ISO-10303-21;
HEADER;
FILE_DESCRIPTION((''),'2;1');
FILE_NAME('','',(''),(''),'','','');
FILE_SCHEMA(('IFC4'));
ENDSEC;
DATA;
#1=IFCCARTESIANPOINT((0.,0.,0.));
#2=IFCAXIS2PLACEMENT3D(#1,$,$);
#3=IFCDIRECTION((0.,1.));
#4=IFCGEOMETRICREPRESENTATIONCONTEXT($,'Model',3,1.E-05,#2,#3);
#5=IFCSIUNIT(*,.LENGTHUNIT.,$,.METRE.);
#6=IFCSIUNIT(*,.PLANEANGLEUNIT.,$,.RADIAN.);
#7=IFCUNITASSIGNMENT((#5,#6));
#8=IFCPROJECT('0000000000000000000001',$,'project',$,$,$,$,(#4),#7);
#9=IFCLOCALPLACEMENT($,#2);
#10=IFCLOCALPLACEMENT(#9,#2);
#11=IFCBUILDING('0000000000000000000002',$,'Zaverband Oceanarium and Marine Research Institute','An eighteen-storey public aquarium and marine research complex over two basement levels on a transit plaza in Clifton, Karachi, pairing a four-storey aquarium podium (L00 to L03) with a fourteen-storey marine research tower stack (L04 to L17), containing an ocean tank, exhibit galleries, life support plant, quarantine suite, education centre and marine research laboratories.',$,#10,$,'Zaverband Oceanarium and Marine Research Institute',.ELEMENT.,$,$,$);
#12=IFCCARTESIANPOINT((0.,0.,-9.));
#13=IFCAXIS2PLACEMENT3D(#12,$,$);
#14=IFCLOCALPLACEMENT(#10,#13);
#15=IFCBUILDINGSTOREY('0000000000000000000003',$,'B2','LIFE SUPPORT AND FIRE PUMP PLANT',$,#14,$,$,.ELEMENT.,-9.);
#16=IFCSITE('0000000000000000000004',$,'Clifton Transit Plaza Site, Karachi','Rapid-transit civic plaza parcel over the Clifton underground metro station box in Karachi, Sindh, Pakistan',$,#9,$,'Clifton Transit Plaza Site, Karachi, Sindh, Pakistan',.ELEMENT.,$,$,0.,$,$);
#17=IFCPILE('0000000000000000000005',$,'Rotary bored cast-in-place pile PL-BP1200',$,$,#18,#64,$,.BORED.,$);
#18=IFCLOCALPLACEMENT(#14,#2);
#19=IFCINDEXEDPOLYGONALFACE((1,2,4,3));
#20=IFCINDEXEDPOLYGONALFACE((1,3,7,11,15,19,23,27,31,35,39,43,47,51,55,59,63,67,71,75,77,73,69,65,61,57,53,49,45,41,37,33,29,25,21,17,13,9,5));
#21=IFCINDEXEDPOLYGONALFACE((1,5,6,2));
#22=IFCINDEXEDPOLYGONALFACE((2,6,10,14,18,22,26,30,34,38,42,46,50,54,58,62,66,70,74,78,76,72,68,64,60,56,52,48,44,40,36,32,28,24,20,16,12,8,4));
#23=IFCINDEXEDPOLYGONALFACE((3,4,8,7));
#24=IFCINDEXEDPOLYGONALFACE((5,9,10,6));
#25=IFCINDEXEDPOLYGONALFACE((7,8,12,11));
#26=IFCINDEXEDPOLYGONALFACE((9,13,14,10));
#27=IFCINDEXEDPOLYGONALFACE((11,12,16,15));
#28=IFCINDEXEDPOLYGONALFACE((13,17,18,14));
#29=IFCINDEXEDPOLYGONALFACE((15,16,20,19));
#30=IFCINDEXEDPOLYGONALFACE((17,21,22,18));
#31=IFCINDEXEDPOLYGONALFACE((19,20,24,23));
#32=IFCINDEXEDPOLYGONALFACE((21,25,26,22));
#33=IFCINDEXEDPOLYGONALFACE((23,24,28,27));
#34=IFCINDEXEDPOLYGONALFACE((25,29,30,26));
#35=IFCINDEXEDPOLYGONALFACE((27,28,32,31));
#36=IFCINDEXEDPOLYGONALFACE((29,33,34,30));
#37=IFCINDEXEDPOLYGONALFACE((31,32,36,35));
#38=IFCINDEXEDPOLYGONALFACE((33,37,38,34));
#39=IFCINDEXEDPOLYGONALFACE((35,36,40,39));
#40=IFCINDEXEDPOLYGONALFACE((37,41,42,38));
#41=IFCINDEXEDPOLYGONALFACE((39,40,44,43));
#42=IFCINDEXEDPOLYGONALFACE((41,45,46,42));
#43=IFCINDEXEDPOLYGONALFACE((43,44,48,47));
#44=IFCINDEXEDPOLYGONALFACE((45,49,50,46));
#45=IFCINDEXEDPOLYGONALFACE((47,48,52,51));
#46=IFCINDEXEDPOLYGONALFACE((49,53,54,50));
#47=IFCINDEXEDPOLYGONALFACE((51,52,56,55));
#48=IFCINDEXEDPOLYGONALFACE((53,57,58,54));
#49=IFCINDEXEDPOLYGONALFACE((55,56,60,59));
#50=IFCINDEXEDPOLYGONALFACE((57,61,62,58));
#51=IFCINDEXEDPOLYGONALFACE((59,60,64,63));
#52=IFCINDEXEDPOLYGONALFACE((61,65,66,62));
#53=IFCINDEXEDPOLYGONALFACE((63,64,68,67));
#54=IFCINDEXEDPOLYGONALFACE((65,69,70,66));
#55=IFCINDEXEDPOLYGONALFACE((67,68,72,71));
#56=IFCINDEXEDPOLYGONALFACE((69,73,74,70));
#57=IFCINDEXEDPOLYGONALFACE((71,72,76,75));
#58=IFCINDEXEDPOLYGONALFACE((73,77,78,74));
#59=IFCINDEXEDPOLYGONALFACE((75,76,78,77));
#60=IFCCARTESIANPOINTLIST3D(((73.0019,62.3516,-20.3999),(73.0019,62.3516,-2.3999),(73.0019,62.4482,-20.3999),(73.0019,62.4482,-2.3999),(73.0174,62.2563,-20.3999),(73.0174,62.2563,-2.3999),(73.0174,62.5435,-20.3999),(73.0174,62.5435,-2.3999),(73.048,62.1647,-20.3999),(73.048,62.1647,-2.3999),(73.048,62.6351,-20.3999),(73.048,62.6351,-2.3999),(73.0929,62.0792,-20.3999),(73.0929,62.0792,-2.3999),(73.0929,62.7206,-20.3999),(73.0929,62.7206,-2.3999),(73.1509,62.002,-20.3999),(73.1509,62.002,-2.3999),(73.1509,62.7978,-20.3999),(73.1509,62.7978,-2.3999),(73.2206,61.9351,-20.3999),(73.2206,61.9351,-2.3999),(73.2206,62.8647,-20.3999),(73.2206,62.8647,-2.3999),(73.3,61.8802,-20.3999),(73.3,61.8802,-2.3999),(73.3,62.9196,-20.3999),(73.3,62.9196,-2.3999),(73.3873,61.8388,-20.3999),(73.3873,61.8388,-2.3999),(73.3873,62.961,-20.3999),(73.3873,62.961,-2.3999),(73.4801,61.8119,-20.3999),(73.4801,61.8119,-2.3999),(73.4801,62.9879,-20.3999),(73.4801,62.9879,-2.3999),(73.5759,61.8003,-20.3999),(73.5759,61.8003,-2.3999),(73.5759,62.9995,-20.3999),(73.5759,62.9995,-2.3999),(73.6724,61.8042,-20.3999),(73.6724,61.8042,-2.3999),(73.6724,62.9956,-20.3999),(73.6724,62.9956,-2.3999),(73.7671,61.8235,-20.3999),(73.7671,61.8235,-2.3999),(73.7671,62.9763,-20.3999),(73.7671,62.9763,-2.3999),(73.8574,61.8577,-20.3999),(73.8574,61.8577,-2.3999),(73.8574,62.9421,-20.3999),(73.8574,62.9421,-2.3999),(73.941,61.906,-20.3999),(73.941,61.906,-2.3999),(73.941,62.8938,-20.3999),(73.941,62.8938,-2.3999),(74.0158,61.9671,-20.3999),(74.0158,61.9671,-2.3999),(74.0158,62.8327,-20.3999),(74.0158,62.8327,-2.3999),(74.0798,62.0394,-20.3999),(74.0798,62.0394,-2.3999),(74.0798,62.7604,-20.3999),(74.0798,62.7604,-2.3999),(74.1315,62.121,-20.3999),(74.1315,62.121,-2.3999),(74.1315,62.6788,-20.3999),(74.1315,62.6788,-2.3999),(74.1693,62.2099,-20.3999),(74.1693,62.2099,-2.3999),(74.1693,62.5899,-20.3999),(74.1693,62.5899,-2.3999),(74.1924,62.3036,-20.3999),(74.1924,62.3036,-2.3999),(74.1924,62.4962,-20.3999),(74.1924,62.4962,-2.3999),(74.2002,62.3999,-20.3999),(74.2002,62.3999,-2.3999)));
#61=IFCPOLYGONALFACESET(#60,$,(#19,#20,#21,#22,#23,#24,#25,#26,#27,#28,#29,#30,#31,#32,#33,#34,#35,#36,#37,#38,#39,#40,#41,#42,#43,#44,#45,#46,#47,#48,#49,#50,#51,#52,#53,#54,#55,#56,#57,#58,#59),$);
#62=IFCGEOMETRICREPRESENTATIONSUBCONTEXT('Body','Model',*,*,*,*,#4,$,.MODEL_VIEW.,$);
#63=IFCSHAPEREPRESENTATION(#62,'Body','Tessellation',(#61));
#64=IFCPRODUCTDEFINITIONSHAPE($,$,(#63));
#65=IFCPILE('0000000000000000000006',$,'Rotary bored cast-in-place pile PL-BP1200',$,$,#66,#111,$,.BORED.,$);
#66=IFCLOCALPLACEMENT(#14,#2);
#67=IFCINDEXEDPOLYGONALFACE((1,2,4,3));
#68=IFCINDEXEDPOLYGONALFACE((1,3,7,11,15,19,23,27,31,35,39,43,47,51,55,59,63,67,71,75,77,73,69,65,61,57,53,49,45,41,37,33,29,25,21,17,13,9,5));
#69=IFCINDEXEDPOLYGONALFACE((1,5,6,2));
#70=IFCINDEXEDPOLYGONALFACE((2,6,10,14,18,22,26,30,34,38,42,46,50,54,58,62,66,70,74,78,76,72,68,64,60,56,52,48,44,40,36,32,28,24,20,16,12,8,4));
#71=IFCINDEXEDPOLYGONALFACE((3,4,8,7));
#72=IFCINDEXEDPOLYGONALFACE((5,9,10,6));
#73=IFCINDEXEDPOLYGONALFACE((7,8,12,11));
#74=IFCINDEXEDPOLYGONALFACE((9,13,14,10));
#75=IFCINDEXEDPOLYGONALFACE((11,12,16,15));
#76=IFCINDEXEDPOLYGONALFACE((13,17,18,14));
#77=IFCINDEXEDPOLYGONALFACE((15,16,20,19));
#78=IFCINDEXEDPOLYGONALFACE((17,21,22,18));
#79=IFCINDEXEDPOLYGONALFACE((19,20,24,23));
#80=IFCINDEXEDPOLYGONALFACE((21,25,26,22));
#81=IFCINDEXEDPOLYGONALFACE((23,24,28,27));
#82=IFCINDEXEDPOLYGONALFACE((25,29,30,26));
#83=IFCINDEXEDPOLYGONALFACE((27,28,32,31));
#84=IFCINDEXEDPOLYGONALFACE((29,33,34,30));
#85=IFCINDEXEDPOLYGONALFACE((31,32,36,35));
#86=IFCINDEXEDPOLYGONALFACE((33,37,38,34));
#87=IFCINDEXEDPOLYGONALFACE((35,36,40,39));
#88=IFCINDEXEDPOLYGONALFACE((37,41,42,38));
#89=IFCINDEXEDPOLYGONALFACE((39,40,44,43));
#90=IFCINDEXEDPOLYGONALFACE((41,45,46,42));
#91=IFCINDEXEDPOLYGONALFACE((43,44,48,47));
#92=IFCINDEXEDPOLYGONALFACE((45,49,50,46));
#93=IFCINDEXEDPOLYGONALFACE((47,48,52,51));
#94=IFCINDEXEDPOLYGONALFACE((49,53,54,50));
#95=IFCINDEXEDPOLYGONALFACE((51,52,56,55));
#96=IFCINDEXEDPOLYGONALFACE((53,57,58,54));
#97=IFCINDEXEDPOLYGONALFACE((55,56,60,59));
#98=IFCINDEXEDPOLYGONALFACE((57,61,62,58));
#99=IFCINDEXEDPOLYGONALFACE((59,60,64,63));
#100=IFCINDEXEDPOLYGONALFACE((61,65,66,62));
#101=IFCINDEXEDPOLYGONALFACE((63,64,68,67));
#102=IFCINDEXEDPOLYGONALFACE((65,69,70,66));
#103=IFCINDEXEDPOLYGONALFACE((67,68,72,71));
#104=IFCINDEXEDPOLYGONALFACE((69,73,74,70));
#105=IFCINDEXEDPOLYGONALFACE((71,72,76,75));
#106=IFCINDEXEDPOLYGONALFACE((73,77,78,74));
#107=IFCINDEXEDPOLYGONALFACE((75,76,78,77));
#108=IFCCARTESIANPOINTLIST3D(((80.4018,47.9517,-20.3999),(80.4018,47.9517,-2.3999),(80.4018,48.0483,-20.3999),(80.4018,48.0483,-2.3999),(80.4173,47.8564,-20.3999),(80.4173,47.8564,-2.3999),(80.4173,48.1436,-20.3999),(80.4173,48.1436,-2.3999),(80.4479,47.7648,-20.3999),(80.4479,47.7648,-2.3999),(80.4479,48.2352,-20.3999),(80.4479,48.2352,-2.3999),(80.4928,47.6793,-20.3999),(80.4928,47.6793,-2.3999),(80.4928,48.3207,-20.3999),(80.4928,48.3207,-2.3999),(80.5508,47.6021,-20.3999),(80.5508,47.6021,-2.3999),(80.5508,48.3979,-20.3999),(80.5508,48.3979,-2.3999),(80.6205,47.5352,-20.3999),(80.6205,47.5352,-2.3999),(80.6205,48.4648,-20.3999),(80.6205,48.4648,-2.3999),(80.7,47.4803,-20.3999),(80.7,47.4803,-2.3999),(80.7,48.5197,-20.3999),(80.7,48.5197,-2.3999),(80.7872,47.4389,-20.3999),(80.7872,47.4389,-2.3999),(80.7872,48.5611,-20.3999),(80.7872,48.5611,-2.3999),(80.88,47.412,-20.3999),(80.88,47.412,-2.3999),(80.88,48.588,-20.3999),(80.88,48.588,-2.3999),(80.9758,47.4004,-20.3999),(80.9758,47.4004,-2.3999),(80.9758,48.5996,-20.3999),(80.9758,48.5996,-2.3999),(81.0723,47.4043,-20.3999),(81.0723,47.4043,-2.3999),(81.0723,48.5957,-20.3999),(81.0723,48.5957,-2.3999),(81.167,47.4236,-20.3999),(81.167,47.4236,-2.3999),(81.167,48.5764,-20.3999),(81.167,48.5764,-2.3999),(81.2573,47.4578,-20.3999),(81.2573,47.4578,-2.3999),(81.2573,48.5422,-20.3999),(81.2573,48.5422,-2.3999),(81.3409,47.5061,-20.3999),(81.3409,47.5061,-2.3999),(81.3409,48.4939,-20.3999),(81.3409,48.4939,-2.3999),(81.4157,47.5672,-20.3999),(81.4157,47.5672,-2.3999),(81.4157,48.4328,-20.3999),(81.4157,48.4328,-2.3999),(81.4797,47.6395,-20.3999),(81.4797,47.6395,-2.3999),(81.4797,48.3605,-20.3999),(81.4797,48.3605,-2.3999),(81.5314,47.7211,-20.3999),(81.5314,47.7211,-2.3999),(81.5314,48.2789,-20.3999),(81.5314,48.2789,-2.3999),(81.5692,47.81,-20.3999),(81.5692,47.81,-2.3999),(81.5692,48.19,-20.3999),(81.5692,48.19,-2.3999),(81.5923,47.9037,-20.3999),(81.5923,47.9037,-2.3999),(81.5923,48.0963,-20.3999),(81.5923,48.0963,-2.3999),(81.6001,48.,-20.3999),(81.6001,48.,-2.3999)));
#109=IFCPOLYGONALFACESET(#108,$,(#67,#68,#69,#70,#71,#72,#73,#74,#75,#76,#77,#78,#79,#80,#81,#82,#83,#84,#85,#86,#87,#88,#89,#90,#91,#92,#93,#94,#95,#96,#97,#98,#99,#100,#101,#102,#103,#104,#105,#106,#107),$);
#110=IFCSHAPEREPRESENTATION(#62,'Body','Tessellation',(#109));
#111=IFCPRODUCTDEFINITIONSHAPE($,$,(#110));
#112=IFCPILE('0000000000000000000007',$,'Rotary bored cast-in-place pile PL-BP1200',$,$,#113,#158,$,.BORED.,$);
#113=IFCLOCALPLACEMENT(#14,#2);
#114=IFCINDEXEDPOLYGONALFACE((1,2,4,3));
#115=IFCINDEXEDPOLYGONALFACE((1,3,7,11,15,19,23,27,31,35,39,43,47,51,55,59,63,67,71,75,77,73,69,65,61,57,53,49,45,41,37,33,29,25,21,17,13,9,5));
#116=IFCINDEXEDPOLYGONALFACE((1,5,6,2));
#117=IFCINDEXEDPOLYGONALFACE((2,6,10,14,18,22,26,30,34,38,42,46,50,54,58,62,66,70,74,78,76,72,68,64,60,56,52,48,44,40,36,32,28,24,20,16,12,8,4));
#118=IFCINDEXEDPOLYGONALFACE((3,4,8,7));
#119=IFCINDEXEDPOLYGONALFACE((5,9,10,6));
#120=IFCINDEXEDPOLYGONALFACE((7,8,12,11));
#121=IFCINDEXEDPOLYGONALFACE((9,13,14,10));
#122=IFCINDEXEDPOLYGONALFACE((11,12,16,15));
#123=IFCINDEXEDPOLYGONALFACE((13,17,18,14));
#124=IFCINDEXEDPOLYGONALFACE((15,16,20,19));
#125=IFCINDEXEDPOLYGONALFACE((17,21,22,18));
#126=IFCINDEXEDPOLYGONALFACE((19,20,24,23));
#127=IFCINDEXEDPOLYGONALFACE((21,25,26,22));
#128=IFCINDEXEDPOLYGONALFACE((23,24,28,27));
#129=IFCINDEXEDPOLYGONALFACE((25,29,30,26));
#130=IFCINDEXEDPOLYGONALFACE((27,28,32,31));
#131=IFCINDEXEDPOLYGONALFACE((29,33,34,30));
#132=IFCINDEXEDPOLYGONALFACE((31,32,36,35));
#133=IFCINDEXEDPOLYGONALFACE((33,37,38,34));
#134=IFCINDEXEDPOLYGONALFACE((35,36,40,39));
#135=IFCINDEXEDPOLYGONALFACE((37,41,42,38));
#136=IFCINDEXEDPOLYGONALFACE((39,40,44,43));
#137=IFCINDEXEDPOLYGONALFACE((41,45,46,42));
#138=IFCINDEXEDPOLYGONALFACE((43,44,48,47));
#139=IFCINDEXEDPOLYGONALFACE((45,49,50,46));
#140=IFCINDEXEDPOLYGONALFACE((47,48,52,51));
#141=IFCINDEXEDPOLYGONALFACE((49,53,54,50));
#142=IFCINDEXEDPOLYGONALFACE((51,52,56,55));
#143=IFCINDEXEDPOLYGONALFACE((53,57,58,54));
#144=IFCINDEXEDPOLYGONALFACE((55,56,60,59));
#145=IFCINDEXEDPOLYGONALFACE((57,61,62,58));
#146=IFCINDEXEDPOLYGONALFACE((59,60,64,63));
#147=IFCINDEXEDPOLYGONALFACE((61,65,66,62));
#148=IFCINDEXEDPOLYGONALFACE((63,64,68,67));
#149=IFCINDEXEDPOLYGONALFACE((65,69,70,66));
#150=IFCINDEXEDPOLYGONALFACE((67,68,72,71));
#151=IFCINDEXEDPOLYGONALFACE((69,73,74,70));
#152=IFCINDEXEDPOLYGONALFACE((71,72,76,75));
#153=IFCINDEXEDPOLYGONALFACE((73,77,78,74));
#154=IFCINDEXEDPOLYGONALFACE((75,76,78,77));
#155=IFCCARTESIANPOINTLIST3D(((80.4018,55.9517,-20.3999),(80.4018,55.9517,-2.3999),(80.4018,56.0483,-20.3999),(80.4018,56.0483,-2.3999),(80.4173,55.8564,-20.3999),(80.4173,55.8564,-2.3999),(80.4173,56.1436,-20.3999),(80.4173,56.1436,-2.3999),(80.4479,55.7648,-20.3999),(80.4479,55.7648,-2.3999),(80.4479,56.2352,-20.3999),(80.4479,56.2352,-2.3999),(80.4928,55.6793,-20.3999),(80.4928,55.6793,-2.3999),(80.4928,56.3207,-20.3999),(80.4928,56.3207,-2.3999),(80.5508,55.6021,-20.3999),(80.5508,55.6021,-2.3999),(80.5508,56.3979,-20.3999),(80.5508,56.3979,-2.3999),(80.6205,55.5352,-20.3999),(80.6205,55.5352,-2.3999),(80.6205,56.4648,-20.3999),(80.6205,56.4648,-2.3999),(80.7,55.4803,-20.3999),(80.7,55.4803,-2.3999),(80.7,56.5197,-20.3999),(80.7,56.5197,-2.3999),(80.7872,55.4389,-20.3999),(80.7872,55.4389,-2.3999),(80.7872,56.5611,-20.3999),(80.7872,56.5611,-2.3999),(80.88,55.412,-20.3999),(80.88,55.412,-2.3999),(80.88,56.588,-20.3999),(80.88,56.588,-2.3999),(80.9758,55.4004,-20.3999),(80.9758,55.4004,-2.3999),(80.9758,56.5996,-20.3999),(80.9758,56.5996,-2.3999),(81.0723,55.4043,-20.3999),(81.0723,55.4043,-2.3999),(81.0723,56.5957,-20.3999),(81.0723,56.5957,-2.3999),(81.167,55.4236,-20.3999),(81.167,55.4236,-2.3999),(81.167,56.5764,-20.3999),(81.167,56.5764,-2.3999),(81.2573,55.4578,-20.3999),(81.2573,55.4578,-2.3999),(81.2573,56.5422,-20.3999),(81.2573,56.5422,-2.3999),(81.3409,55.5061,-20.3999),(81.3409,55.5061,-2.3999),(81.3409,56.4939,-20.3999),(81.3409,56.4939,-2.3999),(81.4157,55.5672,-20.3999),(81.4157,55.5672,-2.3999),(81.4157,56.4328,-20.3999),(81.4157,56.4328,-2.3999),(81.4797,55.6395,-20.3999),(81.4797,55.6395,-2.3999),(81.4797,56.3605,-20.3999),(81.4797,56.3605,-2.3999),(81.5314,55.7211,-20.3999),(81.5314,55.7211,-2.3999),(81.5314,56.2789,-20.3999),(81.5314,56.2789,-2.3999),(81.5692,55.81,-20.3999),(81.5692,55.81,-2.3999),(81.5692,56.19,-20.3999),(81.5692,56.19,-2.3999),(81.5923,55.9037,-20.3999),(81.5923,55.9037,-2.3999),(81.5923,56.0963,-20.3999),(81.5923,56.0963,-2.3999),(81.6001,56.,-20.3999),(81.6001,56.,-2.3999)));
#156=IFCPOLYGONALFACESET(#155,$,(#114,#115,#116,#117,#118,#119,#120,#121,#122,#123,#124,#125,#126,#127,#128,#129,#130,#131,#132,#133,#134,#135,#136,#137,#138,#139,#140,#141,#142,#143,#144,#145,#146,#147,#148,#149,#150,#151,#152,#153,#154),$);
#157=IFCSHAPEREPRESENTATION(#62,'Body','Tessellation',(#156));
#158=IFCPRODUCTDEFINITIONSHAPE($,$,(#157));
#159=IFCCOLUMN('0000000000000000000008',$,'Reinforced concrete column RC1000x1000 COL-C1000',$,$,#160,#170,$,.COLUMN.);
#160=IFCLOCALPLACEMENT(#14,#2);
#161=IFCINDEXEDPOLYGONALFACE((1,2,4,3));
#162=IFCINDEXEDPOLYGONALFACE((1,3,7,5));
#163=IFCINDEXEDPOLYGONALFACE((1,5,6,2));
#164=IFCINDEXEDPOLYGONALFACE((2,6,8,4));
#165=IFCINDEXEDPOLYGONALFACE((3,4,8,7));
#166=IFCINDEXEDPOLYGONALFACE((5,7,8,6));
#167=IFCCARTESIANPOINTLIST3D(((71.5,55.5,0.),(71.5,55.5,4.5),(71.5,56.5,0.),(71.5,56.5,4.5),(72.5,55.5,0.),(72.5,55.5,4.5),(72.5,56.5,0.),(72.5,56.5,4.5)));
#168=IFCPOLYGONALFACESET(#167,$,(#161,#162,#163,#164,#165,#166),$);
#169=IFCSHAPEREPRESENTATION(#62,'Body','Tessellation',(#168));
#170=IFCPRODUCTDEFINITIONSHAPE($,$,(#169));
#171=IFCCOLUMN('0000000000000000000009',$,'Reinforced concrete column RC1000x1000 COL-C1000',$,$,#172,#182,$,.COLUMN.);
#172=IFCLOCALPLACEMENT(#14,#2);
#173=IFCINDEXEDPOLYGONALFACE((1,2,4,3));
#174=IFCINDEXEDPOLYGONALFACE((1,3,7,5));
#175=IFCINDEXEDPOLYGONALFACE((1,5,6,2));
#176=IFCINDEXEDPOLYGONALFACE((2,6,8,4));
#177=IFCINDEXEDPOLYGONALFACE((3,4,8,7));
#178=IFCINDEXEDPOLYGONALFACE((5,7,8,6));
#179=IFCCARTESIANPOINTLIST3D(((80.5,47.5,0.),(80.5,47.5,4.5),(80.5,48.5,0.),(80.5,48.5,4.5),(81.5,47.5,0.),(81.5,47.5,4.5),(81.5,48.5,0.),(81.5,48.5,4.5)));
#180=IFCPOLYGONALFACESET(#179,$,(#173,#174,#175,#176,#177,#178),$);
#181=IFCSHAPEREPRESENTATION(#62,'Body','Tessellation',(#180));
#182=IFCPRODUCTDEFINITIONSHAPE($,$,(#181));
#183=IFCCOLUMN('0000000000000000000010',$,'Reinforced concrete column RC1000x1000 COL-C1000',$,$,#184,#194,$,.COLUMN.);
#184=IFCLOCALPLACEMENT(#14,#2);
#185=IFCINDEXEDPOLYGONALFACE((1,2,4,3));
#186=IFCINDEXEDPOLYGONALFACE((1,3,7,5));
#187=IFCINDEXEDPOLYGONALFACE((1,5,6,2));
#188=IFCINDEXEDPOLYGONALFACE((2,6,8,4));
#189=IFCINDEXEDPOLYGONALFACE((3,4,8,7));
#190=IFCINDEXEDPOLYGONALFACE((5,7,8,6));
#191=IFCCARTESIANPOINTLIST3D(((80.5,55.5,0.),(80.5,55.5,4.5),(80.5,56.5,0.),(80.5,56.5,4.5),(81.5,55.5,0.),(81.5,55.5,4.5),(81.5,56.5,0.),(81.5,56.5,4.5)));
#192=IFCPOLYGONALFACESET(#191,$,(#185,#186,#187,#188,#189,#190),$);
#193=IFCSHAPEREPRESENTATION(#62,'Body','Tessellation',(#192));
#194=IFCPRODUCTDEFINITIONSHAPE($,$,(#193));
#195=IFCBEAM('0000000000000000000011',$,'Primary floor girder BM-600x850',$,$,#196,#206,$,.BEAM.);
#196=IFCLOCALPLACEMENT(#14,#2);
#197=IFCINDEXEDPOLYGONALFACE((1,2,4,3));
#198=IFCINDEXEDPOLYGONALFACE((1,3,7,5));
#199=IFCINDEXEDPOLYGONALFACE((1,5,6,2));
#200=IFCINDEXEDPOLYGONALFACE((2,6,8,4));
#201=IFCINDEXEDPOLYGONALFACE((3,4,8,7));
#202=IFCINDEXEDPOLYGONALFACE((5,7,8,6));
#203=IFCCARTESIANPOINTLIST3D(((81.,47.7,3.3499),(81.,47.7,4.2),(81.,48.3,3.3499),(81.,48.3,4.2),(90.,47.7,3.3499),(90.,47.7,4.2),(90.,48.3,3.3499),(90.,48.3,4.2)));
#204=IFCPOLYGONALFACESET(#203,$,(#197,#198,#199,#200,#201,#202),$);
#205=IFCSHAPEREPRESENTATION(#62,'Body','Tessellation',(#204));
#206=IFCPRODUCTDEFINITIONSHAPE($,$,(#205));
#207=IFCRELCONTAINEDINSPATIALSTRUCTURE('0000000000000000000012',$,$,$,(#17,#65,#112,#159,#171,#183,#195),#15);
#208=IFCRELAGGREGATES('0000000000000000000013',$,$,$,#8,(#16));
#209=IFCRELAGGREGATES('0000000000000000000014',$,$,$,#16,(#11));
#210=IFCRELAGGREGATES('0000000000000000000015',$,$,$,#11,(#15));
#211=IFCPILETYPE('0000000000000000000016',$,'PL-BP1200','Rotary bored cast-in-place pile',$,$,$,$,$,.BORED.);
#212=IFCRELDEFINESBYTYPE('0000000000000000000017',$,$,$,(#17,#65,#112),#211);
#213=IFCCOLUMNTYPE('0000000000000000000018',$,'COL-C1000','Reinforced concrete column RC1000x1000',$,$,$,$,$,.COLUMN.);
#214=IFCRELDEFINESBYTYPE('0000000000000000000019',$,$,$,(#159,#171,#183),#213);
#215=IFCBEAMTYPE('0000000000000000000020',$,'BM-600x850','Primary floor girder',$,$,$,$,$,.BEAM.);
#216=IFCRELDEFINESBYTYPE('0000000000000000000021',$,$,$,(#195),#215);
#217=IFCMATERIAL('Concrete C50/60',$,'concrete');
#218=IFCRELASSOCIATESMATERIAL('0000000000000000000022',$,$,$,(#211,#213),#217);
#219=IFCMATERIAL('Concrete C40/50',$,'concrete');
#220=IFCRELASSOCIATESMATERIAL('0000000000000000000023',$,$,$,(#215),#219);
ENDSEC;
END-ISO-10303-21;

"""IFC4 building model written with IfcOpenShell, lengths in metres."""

from ifc_helpers import new_model, si_unit, direction, frame, origin, origin_2d, place, context, subcontext, project, spatial, rectangle, circle, extrude, material, material_profile, profile_set, type_object, element, save


model = new_model("IFC4")

# Units and contexts
model_context = context("Model", 3, precision=1e-05, world=origin(), true_north=direction((0.0, 1.0)))
body_context = subcontext(model_context, "Body", "Model", "MODEL_VIEW")
ifc_project = project(units=[si_unit("LENGTHUNIT", "METRE"), si_unit("PLANEANGLEUNIT", "RADIAN")], contexts=[model_context])

# Site, building, storey
site_placement = place(None, origin())
site = spatial("IfcSite", under=ifc_project, at=site_placement, Name="Clifton Transit Plaza Site, Karachi", Description="Rapid-transit civic plaza parcel over the Clifton underground metro station box in Karachi, Sindh, Pakistan", LongName="Clifton Transit Plaza Site, Karachi, Sindh, Pakistan", CompositionType="ELEMENT", RefElevation=0.0)
building_placement = place(site_placement, origin())
building = spatial("IfcBuilding", under=site, at=building_placement, Name="Zaverband Oceanarium and Marine Research Institute", Description="An eighteen-storey public aquarium and marine research complex over two basement levels on a transit plaza in Clifton, Karachi, pairing a four-storey aquarium podium (L00 to L03) with a fourteen-storey marine research tower stack (L04 to L17), containing an ocean tank, exhibit galleries, life support plant, quarantine suite, education centre and marine research laboratories.", LongName="Zaverband Oceanarium and Marine Research Institute", CompositionType="ELEMENT")
storey_placement = place(building_placement, frame((0.0, 0.0, -9.0)))
storey = spatial("IfcBuildingStorey", under=building, at=storey_placement, Name="B2", Description="LIFE SUPPORT AND FIRE PUMP PLANT", CompositionType="ELEMENT", Elevation=-9.0)

# Shared definitions
ifc_material_1 = material(Name="Concrete C50/60", Category="concrete")

# Piles
ifc_material_profile_1 = material_profile(ifc_material_1, circle(Radius=0.6001, at=origin_2d()), Name="BP1200")
ifc_profile_set_1 = profile_set([ifc_material_profile_1], Name="Concrete C50/60")
pile_type = type_object("IfcPileType", Name="PL-BP1200", Description="Rotary bored cast-in-place pile", PredefinedType="BORED", material=ifc_profile_set_1)
for number, where, z_axis, x_axis, name in (
    (1, (73.6001, 62.3999, -2.3999), (0.0, 0.0, -1.0), (1.0, 0.0, 0.0), "Rotary bored cast-in-place pile PL-BP1200"),
    (2, (81.0, 48.0, -2.3999), (0.0, 0.0, -1.0), (1.0, 0.0, 0.0), "Rotary bored cast-in-place pile PL-BP1200"),
    (3, (81.0, 56.0, -2.3999), (0.0, 0.0, -1.0), (1.0, 0.0, 0.0), "Rotary bored cast-in-place pile PL-BP1200"),
):
    element("IfcPile", number, at=place(storey_placement, frame(where, z_axis=z_axis, x_axis=x_axis)), inside=storey, type_object=pile_type, Name=name, PredefinedType="BORED", context=body_context, shape_type="SweptSolid", body=[
        extrude(circle(Radius=0.6001, at=origin_2d()), origin(), (0.0, 0.0, 1.0), 18.0),
    ])

# Columns
ifc_material_profile_2 = material_profile(ifc_material_1, rectangle(XDim=1.0, YDim=1.0, at=origin_2d()), Name="RC1000x1000")
ifc_profile_set_2 = profile_set([ifc_material_profile_2], Name="Concrete C50/60")
column_type = type_object("IfcColumnType", Name="COL-C1000", Description="Reinforced concrete column RC1000x1000", PredefinedType="COLUMN", material=ifc_profile_set_2)
for number, where, z_axis, x_axis, name in (
    (4, (72.0, 56.0, 0.0), (0.0, 0.0, 1.0), (1.0, 0.0, 0.0), "Reinforced concrete column RC1000x1000 COL-C1000"),
    (5, (81.0, 48.0, 0.0), (0.0, 0.0, 1.0), (1.0, 0.0, 0.0), "Reinforced concrete column RC1000x1000 COL-C1000"),
    (6, (81.0, 56.0, 0.0), (0.0, 0.0, 1.0), (1.0, 0.0, 0.0), "Reinforced concrete column RC1000x1000 COL-C1000"),
):
    element("IfcColumn", number, at=place(storey_placement, frame(where, z_axis=z_axis, x_axis=x_axis)), inside=storey, type_object=column_type, Name=name, PredefinedType="COLUMN", context=body_context, shape_type="SweptSolid", body=[
        extrude(rectangle(XDim=1.0, YDim=1.0, at=origin_2d()), origin(), (0.0, 0.0, 1.0), 4.5),
    ])

# Beam
ifc_material_2 = material(Name="Concrete C40/50", Category="concrete")
ifc_material_profile_3 = material_profile(ifc_material_2, rectangle(XDim=0.6001, YDim=0.8501, at=origin_2d()), Name="RC600x850")
ifc_profile_set_3 = profile_set([ifc_material_profile_3], Name="Concrete C40/50")
beam_type_1 = type_object("IfcBeamType", Name="BM-600x850", Description="Primary floor girder", PredefinedType="BEAM", material=ifc_profile_set_3)
for number, where, z_axis, x_axis, name in (
    (7, (81.0, 48.0, 3.7749), (1.0, 0.0, 0.0), (0.0, 1.0, 0.0), "Primary floor girder BM-600x850"),
):
    element("IfcBeam", number, at=place(storey_placement, frame(where, z_axis=z_axis, x_axis=x_axis)), inside=storey, type_object=beam_type_1, Name=name, PredefinedType="BEAM", context=body_context, shape_type="SweptSolid", body=[
        extrude(rectangle(XDim=0.6001, YDim=0.8501, at=origin_2d()), origin(), (0.0, 0.0, 1.0), 9.0),
    ])

save(model, "model.ifc")
